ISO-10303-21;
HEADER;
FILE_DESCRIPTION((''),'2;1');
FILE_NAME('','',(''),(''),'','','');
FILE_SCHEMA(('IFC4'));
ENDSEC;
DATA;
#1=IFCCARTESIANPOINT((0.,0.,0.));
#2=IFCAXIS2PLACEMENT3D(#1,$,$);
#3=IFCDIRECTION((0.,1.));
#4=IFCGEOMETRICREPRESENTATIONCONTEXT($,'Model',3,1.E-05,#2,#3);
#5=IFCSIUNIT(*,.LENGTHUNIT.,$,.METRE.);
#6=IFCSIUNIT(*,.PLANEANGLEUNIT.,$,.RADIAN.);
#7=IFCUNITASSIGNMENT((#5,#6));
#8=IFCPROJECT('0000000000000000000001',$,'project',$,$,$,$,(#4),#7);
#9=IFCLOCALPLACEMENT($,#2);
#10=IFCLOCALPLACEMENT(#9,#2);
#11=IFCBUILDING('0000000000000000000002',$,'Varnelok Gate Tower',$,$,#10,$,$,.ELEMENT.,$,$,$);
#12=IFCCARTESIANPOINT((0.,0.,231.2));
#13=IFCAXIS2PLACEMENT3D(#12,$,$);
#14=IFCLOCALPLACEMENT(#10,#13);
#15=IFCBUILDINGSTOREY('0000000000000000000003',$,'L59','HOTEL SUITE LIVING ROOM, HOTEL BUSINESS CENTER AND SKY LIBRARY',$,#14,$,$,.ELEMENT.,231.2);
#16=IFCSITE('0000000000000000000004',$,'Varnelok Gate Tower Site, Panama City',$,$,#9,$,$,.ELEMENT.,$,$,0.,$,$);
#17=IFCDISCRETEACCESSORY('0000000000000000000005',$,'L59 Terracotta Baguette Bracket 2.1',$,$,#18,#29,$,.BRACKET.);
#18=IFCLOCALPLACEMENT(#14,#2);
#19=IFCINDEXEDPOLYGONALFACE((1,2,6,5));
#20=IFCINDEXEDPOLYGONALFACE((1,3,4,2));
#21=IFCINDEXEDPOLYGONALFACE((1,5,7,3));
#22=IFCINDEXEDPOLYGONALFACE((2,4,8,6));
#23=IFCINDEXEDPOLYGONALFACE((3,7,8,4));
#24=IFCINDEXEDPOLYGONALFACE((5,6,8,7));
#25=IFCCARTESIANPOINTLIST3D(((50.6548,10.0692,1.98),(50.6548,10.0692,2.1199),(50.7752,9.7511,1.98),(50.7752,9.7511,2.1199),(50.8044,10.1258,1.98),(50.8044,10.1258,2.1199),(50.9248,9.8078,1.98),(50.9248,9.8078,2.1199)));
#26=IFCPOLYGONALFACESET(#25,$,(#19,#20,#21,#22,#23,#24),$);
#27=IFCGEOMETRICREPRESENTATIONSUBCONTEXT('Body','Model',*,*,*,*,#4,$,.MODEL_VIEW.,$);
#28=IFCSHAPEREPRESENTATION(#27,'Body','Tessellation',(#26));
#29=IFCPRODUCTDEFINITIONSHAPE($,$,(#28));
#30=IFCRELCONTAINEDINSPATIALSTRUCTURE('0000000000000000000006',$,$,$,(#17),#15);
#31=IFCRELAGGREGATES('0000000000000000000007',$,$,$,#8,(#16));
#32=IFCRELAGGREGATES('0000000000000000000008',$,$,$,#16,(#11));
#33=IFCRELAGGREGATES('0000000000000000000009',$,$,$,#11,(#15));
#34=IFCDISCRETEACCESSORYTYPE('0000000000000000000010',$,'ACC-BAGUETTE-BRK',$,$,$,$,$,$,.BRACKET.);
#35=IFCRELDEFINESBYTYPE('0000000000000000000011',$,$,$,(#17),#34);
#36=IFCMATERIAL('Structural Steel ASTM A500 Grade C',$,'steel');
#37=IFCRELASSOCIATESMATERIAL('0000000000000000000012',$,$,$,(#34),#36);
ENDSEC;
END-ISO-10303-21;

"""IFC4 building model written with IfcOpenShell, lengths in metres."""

from ifc_helpers import new_model, si_unit, direction, frame, origin, origin_2d, place, context, subcontext, project, spatial, rectangle, extrude, source, transform, mapped, material, type_object, element, save


model = new_model("IFC4")

# Units and contexts
model_context = context("Model", 3, precision=1e-05, world=origin(), true_north=direction((0.0, 1.0)))
body_context = subcontext(model_context, "Body", "Model", "MODEL_VIEW")
ifc_project = project(units=[si_unit("LENGTHUNIT", "METRE"), si_unit("PLANEANGLEUNIT", "RADIAN")], contexts=[model_context])

# Site, building, storey
site_placement = place(None, origin())
site = spatial("IfcSite", under=ifc_project, at=site_placement, Name="Varnelok Gate Tower Site, Panama City", CompositionType="ELEMENT", RefElevation=0.0)
building_placement = place(site_placement, origin())
building = spatial("IfcBuilding", under=site, at=building_placement, Name="Varnelok Gate Tower", CompositionType="ELEMENT")
storey_placement = place(building_placement, frame((0.0, 0.0, 231.2)))
storey = spatial("IfcBuildingStorey", under=building, at=storey_placement, Name="L59", Description="HOTEL SUITE LIVING ROOM, HOTEL BUSINESS CENTER AND SKY LIBRARY", CompositionType="ELEMENT", Elevation=231.2)

# Discrete accessory
ifc_material_1 = material(Name="Structural Steel ASTM A500 Grade C", Category="steel")
discrete_accessory_type = type_object("IfcDiscreteAccessoryType", Name="ACC-BAGUETTE-BRK", PredefinedType="BRACKET", material=ifc_material_1)
shared_shape_1 = source(origin(), body_context, "Body", "SweptSolid", [
    extrude(rectangle(XDim=0.1599, YDim=0.3401, at=origin_2d()), origin(), (0.0, 0.0, 1.0), 0.1399),
])
discrete_accessory_placement = place(storey_placement, frame((50.7898, 9.9385, 1.98), z_axis=(0.0, 0.0, 1.0), x_axis=(0.935222, 0.354063, 0.0)))
element("IfcDiscreteAccessory", 1, at=discrete_accessory_placement, inside=storey, type_object=discrete_accessory_type, Name="L59 Terracotta Baguette Bracket 2.1", PredefinedType="BRACKET", context=body_context, shape_type="MappedRepresentation", body=[
    mapped(shared_shape_1, transform((0.0, 0.0, 0.0), scale=1.0)),
])

save(model, "model.ifc")
